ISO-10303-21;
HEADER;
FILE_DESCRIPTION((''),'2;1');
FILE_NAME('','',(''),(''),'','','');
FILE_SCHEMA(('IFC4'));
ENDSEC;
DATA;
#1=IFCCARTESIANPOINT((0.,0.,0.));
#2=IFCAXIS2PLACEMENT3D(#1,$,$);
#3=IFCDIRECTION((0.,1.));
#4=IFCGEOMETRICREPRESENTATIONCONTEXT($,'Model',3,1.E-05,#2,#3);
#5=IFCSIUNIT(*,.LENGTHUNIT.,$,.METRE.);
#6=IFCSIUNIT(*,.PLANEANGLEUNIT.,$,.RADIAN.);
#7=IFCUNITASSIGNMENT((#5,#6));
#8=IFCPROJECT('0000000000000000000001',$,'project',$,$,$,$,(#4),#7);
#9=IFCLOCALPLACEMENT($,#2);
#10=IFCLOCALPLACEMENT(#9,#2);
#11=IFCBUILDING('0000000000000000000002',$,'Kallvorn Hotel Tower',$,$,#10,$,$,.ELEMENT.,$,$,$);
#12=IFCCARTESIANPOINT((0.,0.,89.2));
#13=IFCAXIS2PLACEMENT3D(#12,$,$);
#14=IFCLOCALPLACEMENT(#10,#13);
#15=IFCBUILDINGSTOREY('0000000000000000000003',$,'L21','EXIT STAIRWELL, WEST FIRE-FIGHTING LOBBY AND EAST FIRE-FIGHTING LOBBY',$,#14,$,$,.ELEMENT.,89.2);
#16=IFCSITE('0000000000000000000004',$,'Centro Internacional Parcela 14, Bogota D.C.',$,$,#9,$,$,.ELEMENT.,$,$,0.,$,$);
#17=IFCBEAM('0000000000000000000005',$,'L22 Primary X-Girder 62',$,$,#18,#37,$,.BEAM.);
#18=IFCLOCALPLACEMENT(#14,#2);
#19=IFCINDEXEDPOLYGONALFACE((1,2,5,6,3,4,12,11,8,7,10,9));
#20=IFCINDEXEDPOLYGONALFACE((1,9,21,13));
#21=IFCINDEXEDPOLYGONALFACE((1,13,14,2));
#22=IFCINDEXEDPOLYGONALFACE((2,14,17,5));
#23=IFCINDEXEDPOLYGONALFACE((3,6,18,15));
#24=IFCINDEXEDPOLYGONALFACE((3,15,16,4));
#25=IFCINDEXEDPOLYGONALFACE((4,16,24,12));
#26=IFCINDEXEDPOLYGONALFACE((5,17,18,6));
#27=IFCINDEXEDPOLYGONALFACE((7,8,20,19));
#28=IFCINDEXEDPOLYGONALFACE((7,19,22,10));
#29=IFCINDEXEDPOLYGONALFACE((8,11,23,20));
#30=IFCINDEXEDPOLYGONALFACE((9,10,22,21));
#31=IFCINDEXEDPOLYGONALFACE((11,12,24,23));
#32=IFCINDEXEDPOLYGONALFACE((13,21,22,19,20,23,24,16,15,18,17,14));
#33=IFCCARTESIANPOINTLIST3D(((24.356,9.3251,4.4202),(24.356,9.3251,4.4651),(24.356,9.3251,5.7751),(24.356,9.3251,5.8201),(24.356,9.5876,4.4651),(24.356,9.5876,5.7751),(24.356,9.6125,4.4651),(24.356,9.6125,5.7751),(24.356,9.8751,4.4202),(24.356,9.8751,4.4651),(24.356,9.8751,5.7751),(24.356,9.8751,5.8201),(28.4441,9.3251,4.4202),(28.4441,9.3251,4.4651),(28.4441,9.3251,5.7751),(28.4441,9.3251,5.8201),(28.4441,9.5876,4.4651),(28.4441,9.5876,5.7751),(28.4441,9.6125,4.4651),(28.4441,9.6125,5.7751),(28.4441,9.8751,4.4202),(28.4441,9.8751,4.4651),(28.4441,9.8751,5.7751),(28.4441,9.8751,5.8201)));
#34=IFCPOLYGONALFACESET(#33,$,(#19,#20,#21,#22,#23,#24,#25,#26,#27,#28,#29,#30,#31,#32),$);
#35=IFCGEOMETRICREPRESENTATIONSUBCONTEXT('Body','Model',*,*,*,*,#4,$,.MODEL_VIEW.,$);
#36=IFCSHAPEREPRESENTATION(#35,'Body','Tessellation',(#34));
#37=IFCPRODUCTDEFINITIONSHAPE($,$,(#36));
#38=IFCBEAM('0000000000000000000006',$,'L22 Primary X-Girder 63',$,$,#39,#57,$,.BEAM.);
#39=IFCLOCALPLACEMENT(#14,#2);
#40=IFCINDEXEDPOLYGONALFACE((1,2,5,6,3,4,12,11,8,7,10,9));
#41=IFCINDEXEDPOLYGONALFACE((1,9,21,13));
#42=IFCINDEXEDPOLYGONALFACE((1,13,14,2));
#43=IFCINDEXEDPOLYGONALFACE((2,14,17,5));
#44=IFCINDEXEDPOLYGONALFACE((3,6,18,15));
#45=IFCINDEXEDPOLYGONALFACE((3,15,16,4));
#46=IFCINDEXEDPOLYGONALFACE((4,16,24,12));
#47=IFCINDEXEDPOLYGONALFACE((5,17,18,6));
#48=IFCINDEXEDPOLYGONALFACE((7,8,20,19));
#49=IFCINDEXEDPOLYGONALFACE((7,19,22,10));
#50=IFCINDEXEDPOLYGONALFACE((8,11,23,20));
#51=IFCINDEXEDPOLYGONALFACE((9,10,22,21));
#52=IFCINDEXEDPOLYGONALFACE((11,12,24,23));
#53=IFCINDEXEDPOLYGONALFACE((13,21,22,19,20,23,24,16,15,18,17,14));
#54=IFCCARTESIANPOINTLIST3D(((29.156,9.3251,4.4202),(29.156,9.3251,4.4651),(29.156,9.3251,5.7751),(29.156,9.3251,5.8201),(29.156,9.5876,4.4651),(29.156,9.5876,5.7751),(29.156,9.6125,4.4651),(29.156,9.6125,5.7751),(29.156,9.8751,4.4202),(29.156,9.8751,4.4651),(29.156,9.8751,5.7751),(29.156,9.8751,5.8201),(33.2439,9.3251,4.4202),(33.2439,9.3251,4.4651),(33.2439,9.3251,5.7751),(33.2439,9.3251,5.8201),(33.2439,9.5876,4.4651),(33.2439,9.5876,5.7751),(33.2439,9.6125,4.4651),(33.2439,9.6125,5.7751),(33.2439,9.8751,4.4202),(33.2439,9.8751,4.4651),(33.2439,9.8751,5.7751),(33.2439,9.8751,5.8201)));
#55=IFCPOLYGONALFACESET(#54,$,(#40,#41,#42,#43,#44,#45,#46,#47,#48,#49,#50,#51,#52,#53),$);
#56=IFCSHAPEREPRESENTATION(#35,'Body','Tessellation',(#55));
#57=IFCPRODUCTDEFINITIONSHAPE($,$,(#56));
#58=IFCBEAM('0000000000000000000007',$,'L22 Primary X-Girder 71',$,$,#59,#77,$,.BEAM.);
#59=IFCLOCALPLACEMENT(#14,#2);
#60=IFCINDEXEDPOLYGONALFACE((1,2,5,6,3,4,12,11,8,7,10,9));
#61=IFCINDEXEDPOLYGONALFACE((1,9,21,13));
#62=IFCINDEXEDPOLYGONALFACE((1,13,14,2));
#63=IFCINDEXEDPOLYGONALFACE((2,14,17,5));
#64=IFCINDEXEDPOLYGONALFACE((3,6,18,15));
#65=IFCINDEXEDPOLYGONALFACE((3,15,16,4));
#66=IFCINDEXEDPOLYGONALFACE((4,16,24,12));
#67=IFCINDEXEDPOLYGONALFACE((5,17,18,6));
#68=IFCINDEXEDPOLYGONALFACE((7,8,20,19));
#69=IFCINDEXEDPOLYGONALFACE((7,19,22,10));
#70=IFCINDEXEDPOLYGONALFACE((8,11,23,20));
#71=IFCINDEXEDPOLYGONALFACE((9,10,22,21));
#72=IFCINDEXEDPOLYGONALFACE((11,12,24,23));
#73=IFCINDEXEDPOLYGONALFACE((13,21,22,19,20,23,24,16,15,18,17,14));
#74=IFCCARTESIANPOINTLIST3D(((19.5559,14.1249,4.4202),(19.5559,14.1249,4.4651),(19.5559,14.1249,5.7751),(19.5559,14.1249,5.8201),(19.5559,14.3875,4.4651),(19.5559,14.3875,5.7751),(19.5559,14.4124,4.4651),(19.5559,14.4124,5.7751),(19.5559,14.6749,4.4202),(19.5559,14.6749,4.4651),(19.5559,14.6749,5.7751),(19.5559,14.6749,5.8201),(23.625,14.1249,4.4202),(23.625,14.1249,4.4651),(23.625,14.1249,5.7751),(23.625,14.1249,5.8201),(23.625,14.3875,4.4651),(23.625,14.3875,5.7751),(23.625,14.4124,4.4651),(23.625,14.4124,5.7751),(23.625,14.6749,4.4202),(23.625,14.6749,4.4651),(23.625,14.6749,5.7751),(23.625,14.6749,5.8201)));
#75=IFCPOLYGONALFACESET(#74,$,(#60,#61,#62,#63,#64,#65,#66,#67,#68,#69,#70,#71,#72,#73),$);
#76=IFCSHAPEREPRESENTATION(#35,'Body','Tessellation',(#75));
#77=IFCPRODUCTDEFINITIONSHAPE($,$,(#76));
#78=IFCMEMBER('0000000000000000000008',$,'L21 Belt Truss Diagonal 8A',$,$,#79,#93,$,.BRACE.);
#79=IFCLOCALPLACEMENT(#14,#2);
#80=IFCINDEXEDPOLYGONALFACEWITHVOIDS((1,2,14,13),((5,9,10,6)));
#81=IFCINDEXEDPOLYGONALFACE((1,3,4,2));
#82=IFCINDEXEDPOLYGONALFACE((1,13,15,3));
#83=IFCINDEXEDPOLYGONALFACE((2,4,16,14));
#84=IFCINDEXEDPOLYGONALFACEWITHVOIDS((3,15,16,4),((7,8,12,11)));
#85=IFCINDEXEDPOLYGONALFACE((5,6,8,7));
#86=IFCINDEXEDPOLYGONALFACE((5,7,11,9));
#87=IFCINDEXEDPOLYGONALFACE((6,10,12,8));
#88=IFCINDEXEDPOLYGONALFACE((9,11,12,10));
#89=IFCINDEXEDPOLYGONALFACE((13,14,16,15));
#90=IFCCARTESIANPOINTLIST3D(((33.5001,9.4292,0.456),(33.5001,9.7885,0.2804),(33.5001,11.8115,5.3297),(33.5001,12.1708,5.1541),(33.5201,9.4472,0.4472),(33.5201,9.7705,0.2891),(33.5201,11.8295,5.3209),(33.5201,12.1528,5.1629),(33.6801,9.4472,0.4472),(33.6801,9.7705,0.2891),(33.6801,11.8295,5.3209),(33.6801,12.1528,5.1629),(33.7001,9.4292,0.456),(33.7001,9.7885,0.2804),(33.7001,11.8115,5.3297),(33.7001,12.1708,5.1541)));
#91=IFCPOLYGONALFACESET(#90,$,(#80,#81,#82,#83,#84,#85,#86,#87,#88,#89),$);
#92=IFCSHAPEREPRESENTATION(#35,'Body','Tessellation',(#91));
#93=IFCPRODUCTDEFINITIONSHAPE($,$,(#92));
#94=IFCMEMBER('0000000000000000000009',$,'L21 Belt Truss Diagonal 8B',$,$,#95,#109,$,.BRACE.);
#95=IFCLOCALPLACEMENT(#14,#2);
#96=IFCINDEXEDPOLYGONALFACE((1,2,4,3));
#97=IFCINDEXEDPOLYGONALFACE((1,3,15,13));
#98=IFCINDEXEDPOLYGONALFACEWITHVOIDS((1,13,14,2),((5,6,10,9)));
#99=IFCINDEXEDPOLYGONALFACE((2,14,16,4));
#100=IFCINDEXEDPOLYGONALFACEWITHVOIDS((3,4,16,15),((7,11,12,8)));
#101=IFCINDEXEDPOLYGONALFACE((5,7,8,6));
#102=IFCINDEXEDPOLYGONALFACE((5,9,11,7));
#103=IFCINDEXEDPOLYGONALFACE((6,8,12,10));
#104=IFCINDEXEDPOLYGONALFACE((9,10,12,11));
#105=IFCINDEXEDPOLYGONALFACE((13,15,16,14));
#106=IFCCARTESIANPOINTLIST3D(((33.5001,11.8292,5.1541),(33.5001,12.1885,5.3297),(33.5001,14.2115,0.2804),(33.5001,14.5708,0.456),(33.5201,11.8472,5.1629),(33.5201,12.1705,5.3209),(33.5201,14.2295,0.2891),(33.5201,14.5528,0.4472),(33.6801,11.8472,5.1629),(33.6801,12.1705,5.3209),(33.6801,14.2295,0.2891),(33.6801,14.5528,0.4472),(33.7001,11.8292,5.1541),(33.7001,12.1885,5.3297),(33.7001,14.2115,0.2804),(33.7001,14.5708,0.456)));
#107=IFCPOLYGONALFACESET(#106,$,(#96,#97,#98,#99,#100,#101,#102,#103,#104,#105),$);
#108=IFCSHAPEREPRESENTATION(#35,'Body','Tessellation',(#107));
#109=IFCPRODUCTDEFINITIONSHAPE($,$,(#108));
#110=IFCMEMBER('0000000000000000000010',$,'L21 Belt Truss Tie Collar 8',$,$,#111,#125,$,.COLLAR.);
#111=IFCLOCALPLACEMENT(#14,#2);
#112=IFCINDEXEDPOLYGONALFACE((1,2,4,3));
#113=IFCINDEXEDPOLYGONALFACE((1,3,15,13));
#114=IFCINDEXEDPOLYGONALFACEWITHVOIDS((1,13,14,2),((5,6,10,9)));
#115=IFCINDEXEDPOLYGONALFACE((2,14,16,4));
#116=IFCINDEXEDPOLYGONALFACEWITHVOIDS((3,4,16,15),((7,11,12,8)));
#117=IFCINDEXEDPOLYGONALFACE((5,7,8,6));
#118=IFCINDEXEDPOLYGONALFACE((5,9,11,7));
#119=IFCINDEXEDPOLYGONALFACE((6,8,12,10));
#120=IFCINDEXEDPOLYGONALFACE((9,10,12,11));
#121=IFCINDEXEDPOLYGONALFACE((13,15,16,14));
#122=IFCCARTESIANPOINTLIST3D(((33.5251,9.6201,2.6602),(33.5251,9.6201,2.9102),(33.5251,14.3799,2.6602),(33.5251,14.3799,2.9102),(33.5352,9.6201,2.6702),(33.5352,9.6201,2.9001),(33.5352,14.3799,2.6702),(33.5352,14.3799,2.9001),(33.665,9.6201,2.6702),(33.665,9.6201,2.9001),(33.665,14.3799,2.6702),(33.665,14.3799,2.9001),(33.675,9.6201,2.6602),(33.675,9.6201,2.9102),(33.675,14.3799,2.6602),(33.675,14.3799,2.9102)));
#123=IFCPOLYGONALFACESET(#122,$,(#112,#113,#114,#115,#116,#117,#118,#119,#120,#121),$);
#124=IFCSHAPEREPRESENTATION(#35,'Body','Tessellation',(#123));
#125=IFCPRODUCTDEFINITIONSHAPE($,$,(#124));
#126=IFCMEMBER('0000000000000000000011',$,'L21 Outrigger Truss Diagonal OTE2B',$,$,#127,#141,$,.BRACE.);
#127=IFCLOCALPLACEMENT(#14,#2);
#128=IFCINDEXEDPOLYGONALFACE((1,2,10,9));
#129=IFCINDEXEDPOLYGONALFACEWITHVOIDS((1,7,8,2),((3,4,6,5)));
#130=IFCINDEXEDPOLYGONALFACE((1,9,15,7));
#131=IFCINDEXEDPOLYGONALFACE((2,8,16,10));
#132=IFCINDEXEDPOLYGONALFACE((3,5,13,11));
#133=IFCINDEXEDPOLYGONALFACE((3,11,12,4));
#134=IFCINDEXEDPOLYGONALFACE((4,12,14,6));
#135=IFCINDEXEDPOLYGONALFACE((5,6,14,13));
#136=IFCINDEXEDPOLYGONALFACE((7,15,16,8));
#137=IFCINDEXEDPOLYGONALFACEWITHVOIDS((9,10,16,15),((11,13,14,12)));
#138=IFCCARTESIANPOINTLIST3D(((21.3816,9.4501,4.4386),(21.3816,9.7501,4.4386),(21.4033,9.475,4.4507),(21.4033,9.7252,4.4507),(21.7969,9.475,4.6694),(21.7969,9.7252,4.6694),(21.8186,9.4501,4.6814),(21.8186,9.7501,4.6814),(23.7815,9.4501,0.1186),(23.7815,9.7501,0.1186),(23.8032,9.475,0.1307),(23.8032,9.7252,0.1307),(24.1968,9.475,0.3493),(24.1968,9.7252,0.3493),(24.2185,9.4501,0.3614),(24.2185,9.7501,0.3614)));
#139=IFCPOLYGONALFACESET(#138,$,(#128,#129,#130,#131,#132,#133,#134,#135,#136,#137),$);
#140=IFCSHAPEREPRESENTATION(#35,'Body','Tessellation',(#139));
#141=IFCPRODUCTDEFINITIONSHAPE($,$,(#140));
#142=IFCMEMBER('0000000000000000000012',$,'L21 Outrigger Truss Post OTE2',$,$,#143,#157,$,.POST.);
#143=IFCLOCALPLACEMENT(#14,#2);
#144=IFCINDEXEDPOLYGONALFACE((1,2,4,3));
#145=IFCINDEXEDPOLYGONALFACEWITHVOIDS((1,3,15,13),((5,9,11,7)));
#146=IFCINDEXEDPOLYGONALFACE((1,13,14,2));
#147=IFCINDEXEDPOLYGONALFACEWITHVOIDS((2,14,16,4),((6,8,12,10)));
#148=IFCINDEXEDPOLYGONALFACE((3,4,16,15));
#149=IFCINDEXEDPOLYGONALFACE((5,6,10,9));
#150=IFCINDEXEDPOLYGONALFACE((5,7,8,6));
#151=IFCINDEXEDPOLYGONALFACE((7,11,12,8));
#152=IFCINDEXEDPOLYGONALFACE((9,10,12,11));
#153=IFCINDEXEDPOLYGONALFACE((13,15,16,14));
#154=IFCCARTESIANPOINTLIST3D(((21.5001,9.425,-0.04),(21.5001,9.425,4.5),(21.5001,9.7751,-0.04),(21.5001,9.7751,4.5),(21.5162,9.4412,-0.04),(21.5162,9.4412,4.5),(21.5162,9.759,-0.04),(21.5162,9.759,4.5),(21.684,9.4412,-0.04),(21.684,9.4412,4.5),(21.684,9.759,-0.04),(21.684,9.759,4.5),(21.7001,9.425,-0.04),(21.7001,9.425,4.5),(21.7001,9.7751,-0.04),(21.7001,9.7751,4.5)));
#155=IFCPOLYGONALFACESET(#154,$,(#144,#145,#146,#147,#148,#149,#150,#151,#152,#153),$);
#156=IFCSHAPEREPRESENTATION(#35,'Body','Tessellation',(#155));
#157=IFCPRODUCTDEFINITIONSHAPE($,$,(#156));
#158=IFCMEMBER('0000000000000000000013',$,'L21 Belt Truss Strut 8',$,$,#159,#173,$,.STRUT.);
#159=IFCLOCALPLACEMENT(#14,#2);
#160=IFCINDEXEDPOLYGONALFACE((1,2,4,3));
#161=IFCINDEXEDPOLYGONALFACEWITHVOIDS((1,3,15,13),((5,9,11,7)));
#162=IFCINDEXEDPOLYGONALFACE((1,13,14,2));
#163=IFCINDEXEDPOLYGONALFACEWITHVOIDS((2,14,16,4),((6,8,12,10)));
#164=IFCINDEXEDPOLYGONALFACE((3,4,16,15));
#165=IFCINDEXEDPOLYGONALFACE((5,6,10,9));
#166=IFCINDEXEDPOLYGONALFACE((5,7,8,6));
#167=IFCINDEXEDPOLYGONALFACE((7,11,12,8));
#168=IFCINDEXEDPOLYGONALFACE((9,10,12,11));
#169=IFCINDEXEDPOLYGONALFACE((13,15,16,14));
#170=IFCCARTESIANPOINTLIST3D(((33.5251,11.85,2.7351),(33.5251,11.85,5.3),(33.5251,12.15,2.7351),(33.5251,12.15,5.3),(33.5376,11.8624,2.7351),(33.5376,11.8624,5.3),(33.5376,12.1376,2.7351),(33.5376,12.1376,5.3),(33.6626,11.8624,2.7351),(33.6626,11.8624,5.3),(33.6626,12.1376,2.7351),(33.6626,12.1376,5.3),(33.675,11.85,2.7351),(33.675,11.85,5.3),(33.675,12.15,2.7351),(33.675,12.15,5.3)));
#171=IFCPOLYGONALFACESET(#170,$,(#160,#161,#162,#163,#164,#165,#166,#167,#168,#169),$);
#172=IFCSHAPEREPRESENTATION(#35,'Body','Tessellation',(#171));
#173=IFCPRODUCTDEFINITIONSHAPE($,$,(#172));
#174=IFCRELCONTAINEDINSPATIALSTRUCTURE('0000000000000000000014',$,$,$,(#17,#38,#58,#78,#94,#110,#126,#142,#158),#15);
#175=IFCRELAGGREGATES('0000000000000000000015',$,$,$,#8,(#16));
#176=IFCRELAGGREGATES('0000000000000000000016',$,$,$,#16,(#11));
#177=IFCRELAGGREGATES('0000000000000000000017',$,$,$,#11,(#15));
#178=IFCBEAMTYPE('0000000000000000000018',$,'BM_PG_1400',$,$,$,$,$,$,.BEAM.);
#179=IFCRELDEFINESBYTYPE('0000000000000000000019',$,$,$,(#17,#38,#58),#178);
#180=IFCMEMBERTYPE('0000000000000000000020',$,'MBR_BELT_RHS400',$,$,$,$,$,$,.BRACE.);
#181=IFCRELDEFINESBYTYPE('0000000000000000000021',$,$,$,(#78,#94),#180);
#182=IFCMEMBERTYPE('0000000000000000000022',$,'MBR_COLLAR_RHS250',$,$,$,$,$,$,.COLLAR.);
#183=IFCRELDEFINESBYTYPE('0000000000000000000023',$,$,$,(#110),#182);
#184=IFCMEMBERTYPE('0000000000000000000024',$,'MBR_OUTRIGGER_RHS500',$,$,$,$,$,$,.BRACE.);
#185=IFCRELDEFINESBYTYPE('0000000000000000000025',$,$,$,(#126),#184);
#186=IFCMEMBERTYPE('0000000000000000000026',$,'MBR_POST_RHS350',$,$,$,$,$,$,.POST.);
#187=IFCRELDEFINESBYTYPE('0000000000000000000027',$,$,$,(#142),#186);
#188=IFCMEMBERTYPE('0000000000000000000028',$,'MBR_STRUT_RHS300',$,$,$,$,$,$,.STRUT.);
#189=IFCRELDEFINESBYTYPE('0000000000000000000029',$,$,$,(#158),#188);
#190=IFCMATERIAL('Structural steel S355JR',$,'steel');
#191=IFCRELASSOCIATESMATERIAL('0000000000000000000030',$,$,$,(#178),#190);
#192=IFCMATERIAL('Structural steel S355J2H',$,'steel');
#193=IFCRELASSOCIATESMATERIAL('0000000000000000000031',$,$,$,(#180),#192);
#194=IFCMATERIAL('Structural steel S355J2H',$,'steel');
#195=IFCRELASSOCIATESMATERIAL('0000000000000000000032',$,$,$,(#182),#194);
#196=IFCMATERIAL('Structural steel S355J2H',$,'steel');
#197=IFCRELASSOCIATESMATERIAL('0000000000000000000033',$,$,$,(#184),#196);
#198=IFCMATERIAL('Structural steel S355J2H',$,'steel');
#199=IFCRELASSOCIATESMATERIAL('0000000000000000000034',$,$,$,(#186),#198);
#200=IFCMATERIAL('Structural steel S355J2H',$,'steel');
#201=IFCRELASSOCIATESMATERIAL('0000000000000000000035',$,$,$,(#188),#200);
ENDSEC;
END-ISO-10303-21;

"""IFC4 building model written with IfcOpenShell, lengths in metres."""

from ifc_helpers import new_model, si_unit, direction, frame, origin, origin_2d, place, context, subcontext, project, spatial, hollow_rectangle, i_section, extrude, material, material_profile, profile_set, type_object, element, save


model = new_model("IFC4")

# Units and contexts
model_context = context("Model", 3, precision=1e-05, world=origin(), true_north=direction((0.0, 1.0)))
body_context = subcontext(model_context, "Body", "Model", "MODEL_VIEW")
ifc_project = project(units=[si_unit("LENGTHUNIT", "METRE"), si_unit("PLANEANGLEUNIT", "RADIAN")], contexts=[model_context])

# Site, building, storey
site_placement = place(None, origin())
site = spatial("IfcSite", under=ifc_project, at=site_placement, Name="Centro Internacional Parcela 14, Bogota D.C.", CompositionType="ELEMENT", RefElevation=0.0)
building_placement = place(site_placement, origin())
building = spatial("IfcBuilding", under=site, at=building_placement, Name="Kallvorn Hotel Tower", CompositionType="ELEMENT")
storey_placement = place(building_placement, frame((0.0, 0.0, 89.2)))
storey = spatial("IfcBuildingStorey", under=building, at=storey_placement, Name="L21", Description="EXIT STAIRWELL, WEST FIRE-FIGHTING LOBBY AND EAST FIRE-FIGHTING LOBBY", CompositionType="ELEMENT", Elevation=89.2)

# Beams
ifc_material_1 = material(Name="Structural steel S355JR", Category="steel")
ifc_material_profile_1 = material_profile(ifc_material_1, i_section(OverallWidth=0.55, OverallDepth=1.3999, WebThickness=0.0249, FlangeThickness=0.0449, at=origin_2d()), Name="PG 1400x550x25x45")
ifc_profile_set_1 = profile_set([ifc_material_profile_1], Name="Structural steel S355JR")
beam_type_1 = type_object("IfcBeamType", Name="BM_PG_1400", PredefinedType="BEAM", material=ifc_profile_set_1)
for number, where, z_axis, x_axis, name in (
    (1, (24.356, 9.6001, 5.1201), (1.0, 0.0, 0.0), (0.0, 1.0, 0.0), "L22 Primary X-Girder 62"),
):
    element("IfcBeam", number, at=place(storey_placement, frame(where, z_axis=z_axis, x_axis=x_axis)), inside=storey, type_object=beam_type_1, Name=name, PredefinedType="BEAM", context=body_context, shape_type="SweptSolid", body=[
        extrude(i_section(OverallWidth=0.55, OverallDepth=1.3999, WebThickness=0.0249, FlangeThickness=0.0449, at=origin_2d()), origin(), (0.0, 0.0, 1.0), 4.0881),
    ])
beam_1_placement = place(storey_placement, frame((29.156, 9.6001, 5.1201), z_axis=(1.0, 0.0, 0.0), x_axis=(0.0, 1.0, 0.0)))
element("IfcBeam", 2, at=beam_1_placement, inside=storey, type_object=beam_type_1, Name="L22 Primary X-Girder 63", PredefinedType="BEAM", context=body_context, shape_type="SweptSolid", body=[
    extrude(i_section(OverallWidth=0.55, OverallDepth=1.3999, WebThickness=0.0249, FlangeThickness=0.0449, at=origin_2d()), origin(), (0.0, 0.0, 1.0), 4.0879),
])
beam_2_placement = place(storey_placement, frame((19.5559, 14.3999, 5.1201), z_axis=(1.0, 0.0, 0.0), x_axis=(0.0, 1.0, 0.0)))
element("IfcBeam", 3, at=beam_2_placement, inside=storey, type_object=beam_type_1, Name="L22 Primary X-Girder 71", PredefinedType="BEAM", context=body_context, shape_type="SweptSolid", body=[
    extrude(i_section(OverallWidth=0.55, OverallDepth=1.3999, WebThickness=0.0249, FlangeThickness=0.0449, at=origin_2d()), origin(), (0.0, 0.0, 1.0), 4.0691),
])

# Members
ifc_material_2 = material(Name="Structural steel S355J2H", Category="steel")
ifc_material_profile_2 = material_profile(ifc_material_2, hollow_rectangle(XDim=0.2, YDim=0.3999, WallThickness=0.02, at=origin_2d()), Name="RHS 400x200x20")
ifc_profile_set_2 = profile_set([ifc_material_profile_2], Name="Structural steel S355J2H")
member_type_1 = type_object("IfcMemberType", Name="MBR_BELT_RHS400", PredefinedType="BRACE", material=ifc_profile_set_2)
for number, where, z_axis, x_axis, name in (
    (4, (33.6001, 9.6089, 0.3682), (0.0, 0.439149, 0.898414), (-1.0, 0.0, 0.0), "L21 Belt Truss Diagonal 8A"),
    (5, (33.6001, 14.3911, 0.3682), (0.0, -0.439149, 0.898414), (1.0, 0.0, 0.0), "L21 Belt Truss Diagonal 8B"),
):
    element("IfcMember", number, at=place(storey_placement, frame(where, z_axis=z_axis, x_axis=x_axis)), inside=storey, type_object=member_type_1, Name=name, PredefinedType="BRACE", context=body_context, shape_type="SweptSolid", body=[
        extrude(hollow_rectangle(XDim=0.2, YDim=0.3999, WallThickness=0.02, at=origin_2d()), origin(), (0.0, 0.0, 1.0), 5.4248),
    ])
ifc_material_3 = material(Name="Structural steel S355J2H", Category="steel")
ifc_material_profile_3 = material_profile(ifc_material_3, hollow_rectangle(XDim=0.1499, YDim=0.25, WallThickness=0.01, at=origin_2d()), Name="RHS 250x150x10")
ifc_profile_set_3 = profile_set([ifc_material_profile_3], Name="Structural steel S355J2H")
member_type_2 = type_object("IfcMemberType", Name="MBR_COLLAR_RHS250", PredefinedType="COLLAR", material=ifc_profile_set_3)
member_1_placement = place(storey_placement, frame((33.6001, 9.6201, 2.7852), z_axis=(0.0, 1.0, 0.0), x_axis=(-1.0, 0.0, 0.0)))
element("IfcMember", 6, at=member_1_placement, inside=storey, type_object=member_type_2, Name="L21 Belt Truss Tie Collar 8", PredefinedType="COLLAR", context=body_context, shape_type="SweptSolid", body=[
    extrude(hollow_rectangle(XDim=0.1499, YDim=0.25, WallThickness=0.01, at=origin_2d()), origin(), (0.0, 0.0, 1.0), 4.7598),
])
ifc_material_4 = material(Name="Structural steel S355J2H", Category="steel")
ifc_material_profile_4 = material_profile(ifc_material_4, hollow_rectangle(XDim=0.3, YDim=0.5, WallThickness=0.0249, at=origin_2d()), Name="RHS 500x300x25")
ifc_profile_set_4 = profile_set([ifc_material_profile_4], Name="Structural steel S355J2H")
member_type_3 = type_object("IfcMemberType", Name="MBR_OUTRIGGER_RHS500", PredefinedType="BRACE", material=ifc_profile_set_4)
member_2_placement = place(storey_placement, frame((24.0, 9.6001, 0.24), z_axis=(-0.485622, 0.0, 0.874169), x_axis=(0.0, -1.0, 0.0)))
element("IfcMember", 7, at=member_2_placement, inside=storey, type_object=member_type_3, Name="L21 Outrigger Truss Diagonal OTE2B", PredefinedType="BRACE", context=body_context, shape_type="SweptSolid", body=[
    extrude(hollow_rectangle(XDim=0.3, YDim=0.5, WallThickness=0.0249, at=origin_2d()), origin(), (0.0, 0.0, 1.0), 4.9419),
])
ifc_material_5 = material(Name="Structural steel S355J2H", Category="steel")
ifc_material_profile_5 = material_profile(ifc_material_5, hollow_rectangle(XDim=0.2, YDim=0.3501, WallThickness=0.0161, at=origin_2d()), Name="RHS 350x200x16")
ifc_profile_set_5 = profile_set([ifc_material_profile_5], Name="Structural steel S355J2H")
member_type_4 = type_object("IfcMemberType", Name="MBR_POST_RHS350", PredefinedType="POST", material=ifc_profile_set_5)
member_3_placement = place(storey_placement, frame((21.6001, 9.6001, -0.04), z_axis=(0.0, 0.0, 1.0), x_axis=(1.0, 0.0, 0.0)))
element("IfcMember", 8, at=member_3_placement, inside=storey, type_object=member_type_4, Name="L21 Outrigger Truss Post OTE2", PredefinedType="POST", context=body_context, shape_type="SweptSolid", body=[
    extrude(hollow_rectangle(XDim=0.2, YDim=0.3501, WallThickness=0.0161, at=origin_2d()), origin(), (0.0, 0.0, 1.0), 4.54),
])
ifc_material_6 = material(Name="Structural steel S355J2H", Category="steel")
ifc_material_profile_6 = material_profile(ifc_material_6, hollow_rectangle(XDim=0.1499, YDim=0.3, WallThickness=0.0125, at=origin_2d()), Name="RHS 300x150x12.5")
ifc_profile_set_6 = profile_set([ifc_material_profile_6], Name="Structural steel S355J2H")
member_type_5 = type_object("IfcMemberType", Name="MBR_STRUT_RHS300", PredefinedType="STRUT", material=ifc_profile_set_6)
member_4_placement = place(storey_placement, frame((33.6001, 12.0, 2.7351), z_axis=(0.0, 0.0, 1.0), x_axis=(1.0, 0.0, 0.0)))
element("IfcMember", 9, at=member_4_placement, inside=storey, type_object=member_type_5, Name="L21 Belt Truss Strut 8", PredefinedType="STRUT", context=body_context, shape_type="SweptSolid", body=[
    extrude(hollow_rectangle(XDim=0.1499, YDim=0.3, WallThickness=0.0125, at=origin_2d()), origin(), (0.0, 0.0, 1.0), 2.5649),
])

save(model, "model.ifc")
